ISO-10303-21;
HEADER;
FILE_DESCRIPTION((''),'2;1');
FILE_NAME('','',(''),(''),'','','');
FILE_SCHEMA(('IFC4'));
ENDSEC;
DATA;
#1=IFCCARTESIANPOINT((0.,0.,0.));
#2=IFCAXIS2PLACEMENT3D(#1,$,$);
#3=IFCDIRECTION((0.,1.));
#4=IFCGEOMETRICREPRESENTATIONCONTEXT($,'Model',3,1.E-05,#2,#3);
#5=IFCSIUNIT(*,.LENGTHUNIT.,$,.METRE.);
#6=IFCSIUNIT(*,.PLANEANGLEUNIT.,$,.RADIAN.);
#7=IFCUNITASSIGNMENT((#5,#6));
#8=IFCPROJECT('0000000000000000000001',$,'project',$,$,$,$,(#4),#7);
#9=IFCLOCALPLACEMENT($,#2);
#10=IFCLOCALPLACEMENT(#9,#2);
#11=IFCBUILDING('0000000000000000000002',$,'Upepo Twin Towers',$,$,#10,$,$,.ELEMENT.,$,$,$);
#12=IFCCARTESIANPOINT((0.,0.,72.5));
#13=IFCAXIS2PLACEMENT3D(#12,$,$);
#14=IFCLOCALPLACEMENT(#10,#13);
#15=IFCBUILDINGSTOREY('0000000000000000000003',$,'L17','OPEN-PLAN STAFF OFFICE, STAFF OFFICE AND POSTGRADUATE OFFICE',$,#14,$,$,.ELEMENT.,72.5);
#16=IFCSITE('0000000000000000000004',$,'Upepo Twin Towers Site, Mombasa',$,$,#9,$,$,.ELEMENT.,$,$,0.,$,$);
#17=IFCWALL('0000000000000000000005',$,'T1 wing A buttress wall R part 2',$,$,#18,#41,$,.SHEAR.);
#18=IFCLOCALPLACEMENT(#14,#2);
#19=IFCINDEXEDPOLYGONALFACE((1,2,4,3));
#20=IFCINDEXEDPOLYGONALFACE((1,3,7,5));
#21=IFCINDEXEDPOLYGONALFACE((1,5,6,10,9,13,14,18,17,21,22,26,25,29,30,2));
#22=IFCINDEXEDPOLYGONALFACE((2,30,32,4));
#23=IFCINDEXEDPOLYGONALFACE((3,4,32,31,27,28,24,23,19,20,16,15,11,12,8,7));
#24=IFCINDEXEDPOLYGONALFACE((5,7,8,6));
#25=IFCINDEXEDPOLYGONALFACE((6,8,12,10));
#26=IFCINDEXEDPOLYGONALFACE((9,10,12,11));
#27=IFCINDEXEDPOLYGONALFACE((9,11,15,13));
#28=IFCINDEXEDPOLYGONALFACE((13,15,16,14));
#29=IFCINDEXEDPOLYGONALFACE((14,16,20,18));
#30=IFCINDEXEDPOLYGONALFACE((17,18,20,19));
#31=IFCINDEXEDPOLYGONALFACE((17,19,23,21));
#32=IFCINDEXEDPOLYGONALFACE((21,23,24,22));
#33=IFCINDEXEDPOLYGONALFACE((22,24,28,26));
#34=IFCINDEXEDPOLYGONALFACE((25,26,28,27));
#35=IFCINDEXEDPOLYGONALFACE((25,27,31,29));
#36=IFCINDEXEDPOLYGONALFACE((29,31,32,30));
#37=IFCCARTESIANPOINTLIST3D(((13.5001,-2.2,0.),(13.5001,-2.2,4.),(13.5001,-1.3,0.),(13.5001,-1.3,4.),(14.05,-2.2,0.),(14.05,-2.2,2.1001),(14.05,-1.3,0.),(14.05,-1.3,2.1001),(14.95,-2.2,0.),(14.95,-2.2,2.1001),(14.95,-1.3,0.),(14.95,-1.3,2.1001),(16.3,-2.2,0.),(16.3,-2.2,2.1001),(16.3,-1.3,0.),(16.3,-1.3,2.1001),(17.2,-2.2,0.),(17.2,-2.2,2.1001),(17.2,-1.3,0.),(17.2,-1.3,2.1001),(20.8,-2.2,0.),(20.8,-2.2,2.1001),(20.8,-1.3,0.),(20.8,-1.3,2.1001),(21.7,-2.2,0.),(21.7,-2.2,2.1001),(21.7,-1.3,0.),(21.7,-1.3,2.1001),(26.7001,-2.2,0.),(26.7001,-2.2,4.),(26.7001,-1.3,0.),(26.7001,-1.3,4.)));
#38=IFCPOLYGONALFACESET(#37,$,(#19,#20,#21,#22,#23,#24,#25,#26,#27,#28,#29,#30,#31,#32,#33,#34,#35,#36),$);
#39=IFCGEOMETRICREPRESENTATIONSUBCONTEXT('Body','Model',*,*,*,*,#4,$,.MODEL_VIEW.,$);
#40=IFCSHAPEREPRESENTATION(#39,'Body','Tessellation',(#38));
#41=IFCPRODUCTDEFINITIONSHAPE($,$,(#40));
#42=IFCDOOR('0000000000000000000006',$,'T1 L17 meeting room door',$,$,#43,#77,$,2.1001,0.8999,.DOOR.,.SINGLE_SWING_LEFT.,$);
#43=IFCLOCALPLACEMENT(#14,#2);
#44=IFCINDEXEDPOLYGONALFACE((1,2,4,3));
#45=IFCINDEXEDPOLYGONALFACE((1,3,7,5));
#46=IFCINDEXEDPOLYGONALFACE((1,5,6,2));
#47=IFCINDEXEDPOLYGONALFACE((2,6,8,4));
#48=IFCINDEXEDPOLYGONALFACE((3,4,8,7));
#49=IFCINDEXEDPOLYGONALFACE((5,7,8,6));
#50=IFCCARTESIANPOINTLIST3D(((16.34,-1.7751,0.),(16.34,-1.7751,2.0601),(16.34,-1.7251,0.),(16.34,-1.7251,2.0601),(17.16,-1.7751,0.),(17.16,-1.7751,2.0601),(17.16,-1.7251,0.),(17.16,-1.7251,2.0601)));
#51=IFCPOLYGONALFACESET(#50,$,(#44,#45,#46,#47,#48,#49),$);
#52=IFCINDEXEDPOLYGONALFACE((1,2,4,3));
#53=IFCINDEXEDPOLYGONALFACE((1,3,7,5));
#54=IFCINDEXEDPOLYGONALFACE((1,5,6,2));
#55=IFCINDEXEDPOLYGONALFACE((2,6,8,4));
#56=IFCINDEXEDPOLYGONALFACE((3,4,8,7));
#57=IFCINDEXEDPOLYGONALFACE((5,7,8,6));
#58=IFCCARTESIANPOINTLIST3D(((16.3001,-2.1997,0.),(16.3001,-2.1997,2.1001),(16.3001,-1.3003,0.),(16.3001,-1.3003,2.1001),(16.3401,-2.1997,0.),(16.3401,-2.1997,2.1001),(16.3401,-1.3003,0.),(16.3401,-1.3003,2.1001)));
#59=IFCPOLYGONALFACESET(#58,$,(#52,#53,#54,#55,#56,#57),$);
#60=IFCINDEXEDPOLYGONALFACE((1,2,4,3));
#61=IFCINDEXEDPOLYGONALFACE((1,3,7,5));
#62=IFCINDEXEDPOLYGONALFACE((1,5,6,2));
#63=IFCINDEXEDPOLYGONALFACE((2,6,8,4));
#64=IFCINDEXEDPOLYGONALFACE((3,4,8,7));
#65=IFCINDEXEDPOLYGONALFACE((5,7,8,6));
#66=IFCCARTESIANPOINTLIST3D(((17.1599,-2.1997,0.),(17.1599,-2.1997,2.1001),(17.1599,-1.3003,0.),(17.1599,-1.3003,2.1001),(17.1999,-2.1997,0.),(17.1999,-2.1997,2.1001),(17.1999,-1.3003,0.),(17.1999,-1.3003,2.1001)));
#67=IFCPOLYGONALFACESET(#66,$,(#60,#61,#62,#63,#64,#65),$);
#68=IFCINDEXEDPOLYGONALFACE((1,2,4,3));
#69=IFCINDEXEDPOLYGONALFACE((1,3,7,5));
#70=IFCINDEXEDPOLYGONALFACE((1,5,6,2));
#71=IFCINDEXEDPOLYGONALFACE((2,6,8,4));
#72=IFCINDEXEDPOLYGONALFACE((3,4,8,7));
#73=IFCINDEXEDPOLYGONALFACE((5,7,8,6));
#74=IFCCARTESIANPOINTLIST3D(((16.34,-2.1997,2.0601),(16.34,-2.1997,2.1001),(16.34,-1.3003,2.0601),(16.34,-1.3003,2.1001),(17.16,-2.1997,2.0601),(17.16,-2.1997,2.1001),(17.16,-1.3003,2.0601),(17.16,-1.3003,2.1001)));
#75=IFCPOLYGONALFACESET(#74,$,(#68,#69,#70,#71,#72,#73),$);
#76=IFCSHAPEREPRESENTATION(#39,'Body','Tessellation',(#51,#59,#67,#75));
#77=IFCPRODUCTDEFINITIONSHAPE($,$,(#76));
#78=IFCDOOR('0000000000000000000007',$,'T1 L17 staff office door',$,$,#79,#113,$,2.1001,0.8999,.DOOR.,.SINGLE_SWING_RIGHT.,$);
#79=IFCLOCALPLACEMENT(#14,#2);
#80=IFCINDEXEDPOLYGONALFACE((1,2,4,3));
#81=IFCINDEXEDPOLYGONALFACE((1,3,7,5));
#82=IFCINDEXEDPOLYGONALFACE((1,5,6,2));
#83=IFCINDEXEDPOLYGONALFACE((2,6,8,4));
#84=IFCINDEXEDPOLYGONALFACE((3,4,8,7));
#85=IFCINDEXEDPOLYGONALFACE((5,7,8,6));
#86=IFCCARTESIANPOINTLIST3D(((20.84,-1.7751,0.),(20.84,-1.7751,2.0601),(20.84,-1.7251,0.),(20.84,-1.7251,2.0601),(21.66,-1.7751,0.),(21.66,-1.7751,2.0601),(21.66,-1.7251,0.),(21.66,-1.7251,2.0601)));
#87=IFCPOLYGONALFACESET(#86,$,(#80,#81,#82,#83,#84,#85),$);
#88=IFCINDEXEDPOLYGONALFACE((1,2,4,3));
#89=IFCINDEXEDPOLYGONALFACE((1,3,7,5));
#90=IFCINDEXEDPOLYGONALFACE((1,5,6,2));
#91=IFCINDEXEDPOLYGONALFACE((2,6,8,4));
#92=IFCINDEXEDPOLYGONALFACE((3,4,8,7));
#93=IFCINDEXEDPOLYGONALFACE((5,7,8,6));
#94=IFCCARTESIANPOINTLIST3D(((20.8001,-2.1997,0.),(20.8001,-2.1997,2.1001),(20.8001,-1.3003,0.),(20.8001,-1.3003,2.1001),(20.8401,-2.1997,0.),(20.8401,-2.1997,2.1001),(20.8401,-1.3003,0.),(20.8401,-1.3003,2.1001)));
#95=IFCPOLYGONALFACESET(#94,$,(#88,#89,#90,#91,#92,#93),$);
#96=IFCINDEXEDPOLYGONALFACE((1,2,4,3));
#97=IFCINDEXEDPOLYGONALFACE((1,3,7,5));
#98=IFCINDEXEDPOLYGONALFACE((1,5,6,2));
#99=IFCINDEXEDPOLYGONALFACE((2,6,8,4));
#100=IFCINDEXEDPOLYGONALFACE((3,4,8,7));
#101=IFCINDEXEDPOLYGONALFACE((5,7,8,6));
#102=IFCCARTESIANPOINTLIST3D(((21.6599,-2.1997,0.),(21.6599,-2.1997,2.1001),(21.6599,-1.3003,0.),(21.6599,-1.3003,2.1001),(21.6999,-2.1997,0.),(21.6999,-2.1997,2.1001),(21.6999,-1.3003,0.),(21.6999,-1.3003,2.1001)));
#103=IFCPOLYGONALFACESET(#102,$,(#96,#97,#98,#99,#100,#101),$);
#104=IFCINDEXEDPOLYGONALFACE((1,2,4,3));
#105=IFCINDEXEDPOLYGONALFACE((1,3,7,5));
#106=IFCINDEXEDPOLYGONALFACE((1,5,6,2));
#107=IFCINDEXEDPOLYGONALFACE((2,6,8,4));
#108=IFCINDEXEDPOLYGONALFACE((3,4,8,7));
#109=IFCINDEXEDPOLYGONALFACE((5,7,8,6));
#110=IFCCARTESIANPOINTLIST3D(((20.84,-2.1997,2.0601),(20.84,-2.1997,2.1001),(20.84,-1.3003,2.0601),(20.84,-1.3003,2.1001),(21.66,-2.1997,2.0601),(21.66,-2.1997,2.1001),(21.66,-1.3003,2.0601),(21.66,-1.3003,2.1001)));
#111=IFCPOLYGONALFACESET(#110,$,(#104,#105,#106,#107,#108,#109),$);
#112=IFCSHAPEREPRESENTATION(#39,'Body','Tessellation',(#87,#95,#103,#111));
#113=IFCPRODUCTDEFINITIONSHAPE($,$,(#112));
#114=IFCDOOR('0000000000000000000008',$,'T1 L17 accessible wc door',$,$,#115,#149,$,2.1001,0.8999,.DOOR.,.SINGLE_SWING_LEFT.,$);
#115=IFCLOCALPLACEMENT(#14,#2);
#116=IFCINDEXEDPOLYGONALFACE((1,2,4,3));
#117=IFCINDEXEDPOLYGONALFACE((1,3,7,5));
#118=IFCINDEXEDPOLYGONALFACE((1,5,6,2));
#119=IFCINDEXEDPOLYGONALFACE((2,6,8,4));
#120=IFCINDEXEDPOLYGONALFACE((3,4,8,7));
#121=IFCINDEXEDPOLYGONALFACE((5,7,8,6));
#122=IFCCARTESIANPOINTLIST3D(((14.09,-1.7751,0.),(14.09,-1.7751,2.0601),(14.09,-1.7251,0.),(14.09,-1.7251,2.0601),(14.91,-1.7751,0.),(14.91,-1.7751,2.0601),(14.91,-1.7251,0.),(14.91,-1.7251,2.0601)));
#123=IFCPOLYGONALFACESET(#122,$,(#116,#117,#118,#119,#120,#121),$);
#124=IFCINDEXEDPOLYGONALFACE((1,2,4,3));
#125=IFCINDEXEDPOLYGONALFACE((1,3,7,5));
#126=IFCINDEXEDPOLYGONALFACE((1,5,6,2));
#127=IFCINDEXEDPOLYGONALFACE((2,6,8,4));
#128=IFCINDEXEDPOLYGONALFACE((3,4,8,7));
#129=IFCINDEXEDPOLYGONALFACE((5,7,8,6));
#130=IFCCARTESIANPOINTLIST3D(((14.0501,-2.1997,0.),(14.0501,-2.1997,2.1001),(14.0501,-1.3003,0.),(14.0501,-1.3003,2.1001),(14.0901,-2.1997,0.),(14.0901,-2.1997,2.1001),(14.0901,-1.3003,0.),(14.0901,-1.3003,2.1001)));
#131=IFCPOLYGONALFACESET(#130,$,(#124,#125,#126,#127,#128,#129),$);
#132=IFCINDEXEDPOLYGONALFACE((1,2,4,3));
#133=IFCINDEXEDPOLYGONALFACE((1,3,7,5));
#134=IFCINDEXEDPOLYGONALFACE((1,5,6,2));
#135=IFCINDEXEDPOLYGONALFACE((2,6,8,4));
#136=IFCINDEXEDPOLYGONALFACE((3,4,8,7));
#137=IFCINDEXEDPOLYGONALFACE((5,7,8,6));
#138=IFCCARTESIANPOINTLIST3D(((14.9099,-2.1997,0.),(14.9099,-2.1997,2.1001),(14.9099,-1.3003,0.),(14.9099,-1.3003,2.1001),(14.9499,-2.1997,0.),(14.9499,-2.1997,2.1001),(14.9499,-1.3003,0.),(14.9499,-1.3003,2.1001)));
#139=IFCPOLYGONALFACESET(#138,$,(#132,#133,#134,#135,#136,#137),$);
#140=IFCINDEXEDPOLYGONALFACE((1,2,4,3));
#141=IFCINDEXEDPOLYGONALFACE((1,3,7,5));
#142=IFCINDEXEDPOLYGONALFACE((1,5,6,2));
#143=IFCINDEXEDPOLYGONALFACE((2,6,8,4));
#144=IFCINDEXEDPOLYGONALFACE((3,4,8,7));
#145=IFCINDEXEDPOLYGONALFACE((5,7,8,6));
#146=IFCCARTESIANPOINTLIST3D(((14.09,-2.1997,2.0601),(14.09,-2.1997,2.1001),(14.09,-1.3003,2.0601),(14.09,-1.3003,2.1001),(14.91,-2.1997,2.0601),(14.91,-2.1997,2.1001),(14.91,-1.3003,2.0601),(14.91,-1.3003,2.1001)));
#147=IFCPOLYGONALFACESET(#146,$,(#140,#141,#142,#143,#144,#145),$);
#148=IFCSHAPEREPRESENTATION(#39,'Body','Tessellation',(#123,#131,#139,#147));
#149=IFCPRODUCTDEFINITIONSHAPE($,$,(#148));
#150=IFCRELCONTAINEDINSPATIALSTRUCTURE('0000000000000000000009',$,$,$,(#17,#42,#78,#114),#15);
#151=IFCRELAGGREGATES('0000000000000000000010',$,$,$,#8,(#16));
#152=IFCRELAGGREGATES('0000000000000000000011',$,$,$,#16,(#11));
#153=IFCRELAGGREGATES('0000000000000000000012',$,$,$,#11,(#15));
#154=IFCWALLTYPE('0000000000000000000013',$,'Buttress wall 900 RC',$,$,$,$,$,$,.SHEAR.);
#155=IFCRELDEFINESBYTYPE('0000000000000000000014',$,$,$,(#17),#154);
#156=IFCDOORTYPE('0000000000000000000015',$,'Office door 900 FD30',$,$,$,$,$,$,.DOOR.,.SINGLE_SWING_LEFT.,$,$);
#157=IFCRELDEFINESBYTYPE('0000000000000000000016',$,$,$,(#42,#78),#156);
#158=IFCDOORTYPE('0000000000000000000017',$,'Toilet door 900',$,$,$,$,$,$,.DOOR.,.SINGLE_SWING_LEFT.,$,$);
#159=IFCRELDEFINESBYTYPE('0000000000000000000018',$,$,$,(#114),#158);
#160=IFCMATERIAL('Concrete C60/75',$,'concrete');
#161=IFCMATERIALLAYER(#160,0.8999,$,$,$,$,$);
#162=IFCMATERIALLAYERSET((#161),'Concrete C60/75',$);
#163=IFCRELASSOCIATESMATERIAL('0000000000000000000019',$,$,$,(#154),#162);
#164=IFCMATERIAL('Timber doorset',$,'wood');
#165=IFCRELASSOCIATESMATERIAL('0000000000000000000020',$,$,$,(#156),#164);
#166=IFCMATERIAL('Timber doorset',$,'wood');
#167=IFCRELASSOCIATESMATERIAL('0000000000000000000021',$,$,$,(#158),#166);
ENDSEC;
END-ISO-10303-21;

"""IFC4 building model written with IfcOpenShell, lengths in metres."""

from ifc_helpers import new_model, si_unit, direction, frame, frame_2d, origin, place, context, subcontext, project, spatial, rectangle, extrude, material, layer, layer_set, type_object, element, fill, save


model = new_model("IFC4")

# Units and contexts
model_context = context("Model", 3, precision=1e-05, world=origin(), true_north=direction((0.0, 1.0)))
body_context = subcontext(model_context, "Body", "Model", "MODEL_VIEW")
ifc_project = project(units=[si_unit("LENGTHUNIT", "METRE"), si_unit("PLANEANGLEUNIT", "RADIAN")], contexts=[model_context])

# Site, building, storey
site_placement = place(None, origin())
site = spatial("IfcSite", under=ifc_project, at=site_placement, Name="Upepo Twin Towers Site, Mombasa", CompositionType="ELEMENT", RefElevation=0.0)
building_placement = place(site_placement, origin())
building = spatial("IfcBuilding", under=site, at=building_placement, Name="Upepo Twin Towers", CompositionType="ELEMENT")
storey_placement = place(building_placement, frame((0.0, 0.0, 72.5)))
storey = spatial("IfcBuildingStorey", under=building, at=storey_placement, Name="L17", Description="OPEN-PLAN STAFF OFFICE, STAFF OFFICE AND POSTGRADUATE OFFICE", CompositionType="ELEMENT", Elevation=72.5)

# Wall, openings, doors
ifc_material_1 = material(Name="Concrete C60/75", Category="concrete")
ifc_layer_1 = layer(ifc_material_1, 0.8999)
ifc_layer_set_1 = layer_set([ifc_layer_1], Name="Concrete C60/75")
wall_type_1 = type_object("IfcWallType", Name="Buttress wall 900 RC", PredefinedType="SHEAR", material=ifc_layer_set_1)
wall_1_placement = place(storey_placement, frame((13.5, -1.75, 0.0), z_axis=(0.0, 0.0, 1.0), x_axis=(1.0, 0.0, 0.0)))
wall_1 = element("IfcWall", 1, at=wall_1_placement, inside=storey, type_object=wall_type_1, Name="T1 wing A buttress wall R part 2", PredefinedType="SHEAR", context=body_context, shape_type="SweptSolid", body=[
    extrude(rectangle(XDim=13.2, YDim=0.8999, at=frame_2d((6.6001, 0.0))), origin(), (0.0, 0.0, 1.0), 4.0),
])
opening_1_placement = place(wall_1_placement, frame((0.55, 0.0, 0.0)))
opening_1 = element("IfcOpeningElement", 2, at=opening_1_placement, cuts=wall_1, PredefinedType="OPENING", context=body_context, shape_type="SweptSolid", body=[
    extrude(rectangle(XDim=0.8999, YDim=2.1001, at=frame_2d((0.45, 1.05))), frame((0.0, 0.46, 0.0), z_axis=(0.0, -1.0, 0.0), x_axis=(1.0, 0.0, 0.0)), (0.0, 0.0, 1.0), 0.9199),
])
opening_2_placement = place(wall_1_placement, frame((2.8, 0.0, 0.0)))
opening_2 = element("IfcOpeningElement", 3, at=opening_2_placement, cuts=wall_1, PredefinedType="OPENING", context=body_context, shape_type="SweptSolid", body=[
    extrude(rectangle(XDim=0.8999, YDim=2.1001, at=frame_2d((0.45, 1.05))), frame((0.0, 0.46, 0.0), z_axis=(0.0, -1.0, 0.0), x_axis=(1.0, 0.0, 0.0)), (0.0, 0.0, 1.0), 0.9199),
])
opening_3_placement = place(wall_1_placement, frame((7.3, 0.0, 0.0)))
opening_3 = element("IfcOpeningElement", 4, at=opening_3_placement, cuts=wall_1, PredefinedType="OPENING", context=body_context, shape_type="SweptSolid", body=[
    extrude(rectangle(XDim=0.8999, YDim=2.1001, at=frame_2d((0.45, 1.05))), frame((0.0, 0.46, 0.0), z_axis=(0.0, -1.0, 0.0), x_axis=(1.0, 0.0, 0.0)), (0.0, 0.0, 1.0), 0.9199),
])
ifc_material_2 = material(Name="Timber doorset", Category="wood")
door_type_1 = type_object("IfcDoorType", Name="Office door 900 FD30", OperationType="SINGLE_SWING_LEFT", PredefinedType="DOOR", material=ifc_material_2)
door_1_placement = place(opening_2_placement, origin())
door_1 = element("IfcDoor", 5, at=door_1_placement, inside=storey, type_object=door_type_1, Name="T1 L17 meeting room door", OperationType="SINGLE_SWING_LEFT", OverallHeight=2.1001, OverallWidth=0.8999, PredefinedType="DOOR", context=body_context, shape_type="SweptSolid", body=[
    extrude(rectangle(XDim=0.8199, YDim=2.0601, at=frame_2d((0.45, 1.03))), frame((0.0, 0.0249, 0.0), z_axis=(0.0, -1.0, 0.0), x_axis=(1.0, 0.0, 0.0)), (0.0, 0.0, 1.0), 0.05),
    extrude(rectangle(XDim=0.04, YDim=2.1001, at=frame_2d((0.02, 1.05))), frame((0.0, 0.4497, 0.0), z_axis=(0.0, -1.0, 0.0), x_axis=(1.0, 0.0, 0.0)), (0.0, 0.0, 1.0), 0.8994),
    extrude(rectangle(XDim=0.04, YDim=2.1001, at=frame_2d((0.8799, 1.05))), frame((0.0, 0.4497, 0.0), z_axis=(0.0, -1.0, 0.0), x_axis=(1.0, 0.0, 0.0)), (0.0, 0.0, 1.0), 0.8994),
    extrude(rectangle(XDim=0.8199, YDim=0.04, at=frame_2d((0.45, 2.0801))), frame((0.0, 0.4497, 0.0), z_axis=(0.0, -1.0, 0.0), x_axis=(1.0, 0.0, 0.0)), (0.0, 0.0, 1.0), 0.8994),
])
fill(opening_2, door_1)
door_2_placement = place(opening_3_placement, origin())
door_2 = element("IfcDoor", 6, at=door_2_placement, inside=storey, type_object=door_type_1, Name="T1 L17 staff office door", OperationType="SINGLE_SWING_RIGHT", OverallHeight=2.1001, OverallWidth=0.8999, PredefinedType="DOOR", context=body_context, shape_type="SweptSolid", body=[
    extrude(rectangle(XDim=0.8199, YDim=2.0601, at=frame_2d((0.45, 1.03))), frame((0.0, 0.0249, 0.0), z_axis=(0.0, -1.0, 0.0), x_axis=(1.0, 0.0, 0.0)), (0.0, 0.0, 1.0), 0.05),
    extrude(rectangle(XDim=0.04, YDim=2.1001, at=frame_2d((0.02, 1.05))), frame((0.0, 0.4497, 0.0), z_axis=(0.0, -1.0, 0.0), x_axis=(1.0, 0.0, 0.0)), (0.0, 0.0, 1.0), 0.8994),
    extrude(rectangle(XDim=0.04, YDim=2.1001, at=frame_2d((0.8799, 1.05))), frame((0.0, 0.4497, 0.0), z_axis=(0.0, -1.0, 0.0), x_axis=(1.0, 0.0, 0.0)), (0.0, 0.0, 1.0), 0.8994),
    extrude(rectangle(XDim=0.8199, YDim=0.04, at=frame_2d((0.45, 2.0801))), frame((0.0, 0.4497, 0.0), z_axis=(0.0, -1.0, 0.0), x_axis=(1.0, 0.0, 0.0)), (0.0, 0.0, 1.0), 0.8994),
])
fill(opening_3, door_2)
ifc_material_3 = material(Name="Timber doorset", Category="wood")
door_type_2 = type_object("IfcDoorType", Name="Toilet door 900", OperationType="SINGLE_SWING_LEFT", PredefinedType="DOOR", material=ifc_material_3)
door_3_placement = place(opening_1_placement, origin())
door_3 = element("IfcDoor", 7, at=door_3_placement, inside=storey, type_object=door_type_2, Name="T1 L17 accessible wc door", OperationType="SINGLE_SWING_LEFT", OverallHeight=2.1001, OverallWidth=0.8999, PredefinedType="DOOR", context=body_context, shape_type="SweptSolid", body=[
    extrude(rectangle(XDim=0.8199, YDim=2.0601, at=frame_2d((0.45, 1.03))), frame((0.0, 0.0249, 0.0), z_axis=(0.0, -1.0, 0.0), x_axis=(1.0, 0.0, 0.0)), (0.0, 0.0, 1.0), 0.05),
    extrude(rectangle(XDim=0.04, YDim=2.1001, at=frame_2d((0.02, 1.05))), frame((0.0, 0.4497, 0.0), z_axis=(0.0, -1.0, 0.0), x_axis=(1.0, 0.0, 0.0)), (0.0, 0.0, 1.0), 0.8994),
    extrude(rectangle(XDim=0.04, YDim=2.1001, at=frame_2d((0.8799, 1.05))), frame((0.0, 0.4497, 0.0), z_axis=(0.0, -1.0, 0.0), x_axis=(1.0, 0.0, 0.0)), (0.0, 0.0, 1.0), 0.8994),
    extrude(rectangle(XDim=0.8199, YDim=0.04, at=frame_2d((0.45, 2.0801))), frame((0.0, 0.4497, 0.0), z_axis=(0.0, -1.0, 0.0), x_axis=(1.0, 0.0, 0.0)), (0.0, 0.0, 1.0), 0.8994),
])
fill(opening_1, door_3)

save(model, "model.ifc")
